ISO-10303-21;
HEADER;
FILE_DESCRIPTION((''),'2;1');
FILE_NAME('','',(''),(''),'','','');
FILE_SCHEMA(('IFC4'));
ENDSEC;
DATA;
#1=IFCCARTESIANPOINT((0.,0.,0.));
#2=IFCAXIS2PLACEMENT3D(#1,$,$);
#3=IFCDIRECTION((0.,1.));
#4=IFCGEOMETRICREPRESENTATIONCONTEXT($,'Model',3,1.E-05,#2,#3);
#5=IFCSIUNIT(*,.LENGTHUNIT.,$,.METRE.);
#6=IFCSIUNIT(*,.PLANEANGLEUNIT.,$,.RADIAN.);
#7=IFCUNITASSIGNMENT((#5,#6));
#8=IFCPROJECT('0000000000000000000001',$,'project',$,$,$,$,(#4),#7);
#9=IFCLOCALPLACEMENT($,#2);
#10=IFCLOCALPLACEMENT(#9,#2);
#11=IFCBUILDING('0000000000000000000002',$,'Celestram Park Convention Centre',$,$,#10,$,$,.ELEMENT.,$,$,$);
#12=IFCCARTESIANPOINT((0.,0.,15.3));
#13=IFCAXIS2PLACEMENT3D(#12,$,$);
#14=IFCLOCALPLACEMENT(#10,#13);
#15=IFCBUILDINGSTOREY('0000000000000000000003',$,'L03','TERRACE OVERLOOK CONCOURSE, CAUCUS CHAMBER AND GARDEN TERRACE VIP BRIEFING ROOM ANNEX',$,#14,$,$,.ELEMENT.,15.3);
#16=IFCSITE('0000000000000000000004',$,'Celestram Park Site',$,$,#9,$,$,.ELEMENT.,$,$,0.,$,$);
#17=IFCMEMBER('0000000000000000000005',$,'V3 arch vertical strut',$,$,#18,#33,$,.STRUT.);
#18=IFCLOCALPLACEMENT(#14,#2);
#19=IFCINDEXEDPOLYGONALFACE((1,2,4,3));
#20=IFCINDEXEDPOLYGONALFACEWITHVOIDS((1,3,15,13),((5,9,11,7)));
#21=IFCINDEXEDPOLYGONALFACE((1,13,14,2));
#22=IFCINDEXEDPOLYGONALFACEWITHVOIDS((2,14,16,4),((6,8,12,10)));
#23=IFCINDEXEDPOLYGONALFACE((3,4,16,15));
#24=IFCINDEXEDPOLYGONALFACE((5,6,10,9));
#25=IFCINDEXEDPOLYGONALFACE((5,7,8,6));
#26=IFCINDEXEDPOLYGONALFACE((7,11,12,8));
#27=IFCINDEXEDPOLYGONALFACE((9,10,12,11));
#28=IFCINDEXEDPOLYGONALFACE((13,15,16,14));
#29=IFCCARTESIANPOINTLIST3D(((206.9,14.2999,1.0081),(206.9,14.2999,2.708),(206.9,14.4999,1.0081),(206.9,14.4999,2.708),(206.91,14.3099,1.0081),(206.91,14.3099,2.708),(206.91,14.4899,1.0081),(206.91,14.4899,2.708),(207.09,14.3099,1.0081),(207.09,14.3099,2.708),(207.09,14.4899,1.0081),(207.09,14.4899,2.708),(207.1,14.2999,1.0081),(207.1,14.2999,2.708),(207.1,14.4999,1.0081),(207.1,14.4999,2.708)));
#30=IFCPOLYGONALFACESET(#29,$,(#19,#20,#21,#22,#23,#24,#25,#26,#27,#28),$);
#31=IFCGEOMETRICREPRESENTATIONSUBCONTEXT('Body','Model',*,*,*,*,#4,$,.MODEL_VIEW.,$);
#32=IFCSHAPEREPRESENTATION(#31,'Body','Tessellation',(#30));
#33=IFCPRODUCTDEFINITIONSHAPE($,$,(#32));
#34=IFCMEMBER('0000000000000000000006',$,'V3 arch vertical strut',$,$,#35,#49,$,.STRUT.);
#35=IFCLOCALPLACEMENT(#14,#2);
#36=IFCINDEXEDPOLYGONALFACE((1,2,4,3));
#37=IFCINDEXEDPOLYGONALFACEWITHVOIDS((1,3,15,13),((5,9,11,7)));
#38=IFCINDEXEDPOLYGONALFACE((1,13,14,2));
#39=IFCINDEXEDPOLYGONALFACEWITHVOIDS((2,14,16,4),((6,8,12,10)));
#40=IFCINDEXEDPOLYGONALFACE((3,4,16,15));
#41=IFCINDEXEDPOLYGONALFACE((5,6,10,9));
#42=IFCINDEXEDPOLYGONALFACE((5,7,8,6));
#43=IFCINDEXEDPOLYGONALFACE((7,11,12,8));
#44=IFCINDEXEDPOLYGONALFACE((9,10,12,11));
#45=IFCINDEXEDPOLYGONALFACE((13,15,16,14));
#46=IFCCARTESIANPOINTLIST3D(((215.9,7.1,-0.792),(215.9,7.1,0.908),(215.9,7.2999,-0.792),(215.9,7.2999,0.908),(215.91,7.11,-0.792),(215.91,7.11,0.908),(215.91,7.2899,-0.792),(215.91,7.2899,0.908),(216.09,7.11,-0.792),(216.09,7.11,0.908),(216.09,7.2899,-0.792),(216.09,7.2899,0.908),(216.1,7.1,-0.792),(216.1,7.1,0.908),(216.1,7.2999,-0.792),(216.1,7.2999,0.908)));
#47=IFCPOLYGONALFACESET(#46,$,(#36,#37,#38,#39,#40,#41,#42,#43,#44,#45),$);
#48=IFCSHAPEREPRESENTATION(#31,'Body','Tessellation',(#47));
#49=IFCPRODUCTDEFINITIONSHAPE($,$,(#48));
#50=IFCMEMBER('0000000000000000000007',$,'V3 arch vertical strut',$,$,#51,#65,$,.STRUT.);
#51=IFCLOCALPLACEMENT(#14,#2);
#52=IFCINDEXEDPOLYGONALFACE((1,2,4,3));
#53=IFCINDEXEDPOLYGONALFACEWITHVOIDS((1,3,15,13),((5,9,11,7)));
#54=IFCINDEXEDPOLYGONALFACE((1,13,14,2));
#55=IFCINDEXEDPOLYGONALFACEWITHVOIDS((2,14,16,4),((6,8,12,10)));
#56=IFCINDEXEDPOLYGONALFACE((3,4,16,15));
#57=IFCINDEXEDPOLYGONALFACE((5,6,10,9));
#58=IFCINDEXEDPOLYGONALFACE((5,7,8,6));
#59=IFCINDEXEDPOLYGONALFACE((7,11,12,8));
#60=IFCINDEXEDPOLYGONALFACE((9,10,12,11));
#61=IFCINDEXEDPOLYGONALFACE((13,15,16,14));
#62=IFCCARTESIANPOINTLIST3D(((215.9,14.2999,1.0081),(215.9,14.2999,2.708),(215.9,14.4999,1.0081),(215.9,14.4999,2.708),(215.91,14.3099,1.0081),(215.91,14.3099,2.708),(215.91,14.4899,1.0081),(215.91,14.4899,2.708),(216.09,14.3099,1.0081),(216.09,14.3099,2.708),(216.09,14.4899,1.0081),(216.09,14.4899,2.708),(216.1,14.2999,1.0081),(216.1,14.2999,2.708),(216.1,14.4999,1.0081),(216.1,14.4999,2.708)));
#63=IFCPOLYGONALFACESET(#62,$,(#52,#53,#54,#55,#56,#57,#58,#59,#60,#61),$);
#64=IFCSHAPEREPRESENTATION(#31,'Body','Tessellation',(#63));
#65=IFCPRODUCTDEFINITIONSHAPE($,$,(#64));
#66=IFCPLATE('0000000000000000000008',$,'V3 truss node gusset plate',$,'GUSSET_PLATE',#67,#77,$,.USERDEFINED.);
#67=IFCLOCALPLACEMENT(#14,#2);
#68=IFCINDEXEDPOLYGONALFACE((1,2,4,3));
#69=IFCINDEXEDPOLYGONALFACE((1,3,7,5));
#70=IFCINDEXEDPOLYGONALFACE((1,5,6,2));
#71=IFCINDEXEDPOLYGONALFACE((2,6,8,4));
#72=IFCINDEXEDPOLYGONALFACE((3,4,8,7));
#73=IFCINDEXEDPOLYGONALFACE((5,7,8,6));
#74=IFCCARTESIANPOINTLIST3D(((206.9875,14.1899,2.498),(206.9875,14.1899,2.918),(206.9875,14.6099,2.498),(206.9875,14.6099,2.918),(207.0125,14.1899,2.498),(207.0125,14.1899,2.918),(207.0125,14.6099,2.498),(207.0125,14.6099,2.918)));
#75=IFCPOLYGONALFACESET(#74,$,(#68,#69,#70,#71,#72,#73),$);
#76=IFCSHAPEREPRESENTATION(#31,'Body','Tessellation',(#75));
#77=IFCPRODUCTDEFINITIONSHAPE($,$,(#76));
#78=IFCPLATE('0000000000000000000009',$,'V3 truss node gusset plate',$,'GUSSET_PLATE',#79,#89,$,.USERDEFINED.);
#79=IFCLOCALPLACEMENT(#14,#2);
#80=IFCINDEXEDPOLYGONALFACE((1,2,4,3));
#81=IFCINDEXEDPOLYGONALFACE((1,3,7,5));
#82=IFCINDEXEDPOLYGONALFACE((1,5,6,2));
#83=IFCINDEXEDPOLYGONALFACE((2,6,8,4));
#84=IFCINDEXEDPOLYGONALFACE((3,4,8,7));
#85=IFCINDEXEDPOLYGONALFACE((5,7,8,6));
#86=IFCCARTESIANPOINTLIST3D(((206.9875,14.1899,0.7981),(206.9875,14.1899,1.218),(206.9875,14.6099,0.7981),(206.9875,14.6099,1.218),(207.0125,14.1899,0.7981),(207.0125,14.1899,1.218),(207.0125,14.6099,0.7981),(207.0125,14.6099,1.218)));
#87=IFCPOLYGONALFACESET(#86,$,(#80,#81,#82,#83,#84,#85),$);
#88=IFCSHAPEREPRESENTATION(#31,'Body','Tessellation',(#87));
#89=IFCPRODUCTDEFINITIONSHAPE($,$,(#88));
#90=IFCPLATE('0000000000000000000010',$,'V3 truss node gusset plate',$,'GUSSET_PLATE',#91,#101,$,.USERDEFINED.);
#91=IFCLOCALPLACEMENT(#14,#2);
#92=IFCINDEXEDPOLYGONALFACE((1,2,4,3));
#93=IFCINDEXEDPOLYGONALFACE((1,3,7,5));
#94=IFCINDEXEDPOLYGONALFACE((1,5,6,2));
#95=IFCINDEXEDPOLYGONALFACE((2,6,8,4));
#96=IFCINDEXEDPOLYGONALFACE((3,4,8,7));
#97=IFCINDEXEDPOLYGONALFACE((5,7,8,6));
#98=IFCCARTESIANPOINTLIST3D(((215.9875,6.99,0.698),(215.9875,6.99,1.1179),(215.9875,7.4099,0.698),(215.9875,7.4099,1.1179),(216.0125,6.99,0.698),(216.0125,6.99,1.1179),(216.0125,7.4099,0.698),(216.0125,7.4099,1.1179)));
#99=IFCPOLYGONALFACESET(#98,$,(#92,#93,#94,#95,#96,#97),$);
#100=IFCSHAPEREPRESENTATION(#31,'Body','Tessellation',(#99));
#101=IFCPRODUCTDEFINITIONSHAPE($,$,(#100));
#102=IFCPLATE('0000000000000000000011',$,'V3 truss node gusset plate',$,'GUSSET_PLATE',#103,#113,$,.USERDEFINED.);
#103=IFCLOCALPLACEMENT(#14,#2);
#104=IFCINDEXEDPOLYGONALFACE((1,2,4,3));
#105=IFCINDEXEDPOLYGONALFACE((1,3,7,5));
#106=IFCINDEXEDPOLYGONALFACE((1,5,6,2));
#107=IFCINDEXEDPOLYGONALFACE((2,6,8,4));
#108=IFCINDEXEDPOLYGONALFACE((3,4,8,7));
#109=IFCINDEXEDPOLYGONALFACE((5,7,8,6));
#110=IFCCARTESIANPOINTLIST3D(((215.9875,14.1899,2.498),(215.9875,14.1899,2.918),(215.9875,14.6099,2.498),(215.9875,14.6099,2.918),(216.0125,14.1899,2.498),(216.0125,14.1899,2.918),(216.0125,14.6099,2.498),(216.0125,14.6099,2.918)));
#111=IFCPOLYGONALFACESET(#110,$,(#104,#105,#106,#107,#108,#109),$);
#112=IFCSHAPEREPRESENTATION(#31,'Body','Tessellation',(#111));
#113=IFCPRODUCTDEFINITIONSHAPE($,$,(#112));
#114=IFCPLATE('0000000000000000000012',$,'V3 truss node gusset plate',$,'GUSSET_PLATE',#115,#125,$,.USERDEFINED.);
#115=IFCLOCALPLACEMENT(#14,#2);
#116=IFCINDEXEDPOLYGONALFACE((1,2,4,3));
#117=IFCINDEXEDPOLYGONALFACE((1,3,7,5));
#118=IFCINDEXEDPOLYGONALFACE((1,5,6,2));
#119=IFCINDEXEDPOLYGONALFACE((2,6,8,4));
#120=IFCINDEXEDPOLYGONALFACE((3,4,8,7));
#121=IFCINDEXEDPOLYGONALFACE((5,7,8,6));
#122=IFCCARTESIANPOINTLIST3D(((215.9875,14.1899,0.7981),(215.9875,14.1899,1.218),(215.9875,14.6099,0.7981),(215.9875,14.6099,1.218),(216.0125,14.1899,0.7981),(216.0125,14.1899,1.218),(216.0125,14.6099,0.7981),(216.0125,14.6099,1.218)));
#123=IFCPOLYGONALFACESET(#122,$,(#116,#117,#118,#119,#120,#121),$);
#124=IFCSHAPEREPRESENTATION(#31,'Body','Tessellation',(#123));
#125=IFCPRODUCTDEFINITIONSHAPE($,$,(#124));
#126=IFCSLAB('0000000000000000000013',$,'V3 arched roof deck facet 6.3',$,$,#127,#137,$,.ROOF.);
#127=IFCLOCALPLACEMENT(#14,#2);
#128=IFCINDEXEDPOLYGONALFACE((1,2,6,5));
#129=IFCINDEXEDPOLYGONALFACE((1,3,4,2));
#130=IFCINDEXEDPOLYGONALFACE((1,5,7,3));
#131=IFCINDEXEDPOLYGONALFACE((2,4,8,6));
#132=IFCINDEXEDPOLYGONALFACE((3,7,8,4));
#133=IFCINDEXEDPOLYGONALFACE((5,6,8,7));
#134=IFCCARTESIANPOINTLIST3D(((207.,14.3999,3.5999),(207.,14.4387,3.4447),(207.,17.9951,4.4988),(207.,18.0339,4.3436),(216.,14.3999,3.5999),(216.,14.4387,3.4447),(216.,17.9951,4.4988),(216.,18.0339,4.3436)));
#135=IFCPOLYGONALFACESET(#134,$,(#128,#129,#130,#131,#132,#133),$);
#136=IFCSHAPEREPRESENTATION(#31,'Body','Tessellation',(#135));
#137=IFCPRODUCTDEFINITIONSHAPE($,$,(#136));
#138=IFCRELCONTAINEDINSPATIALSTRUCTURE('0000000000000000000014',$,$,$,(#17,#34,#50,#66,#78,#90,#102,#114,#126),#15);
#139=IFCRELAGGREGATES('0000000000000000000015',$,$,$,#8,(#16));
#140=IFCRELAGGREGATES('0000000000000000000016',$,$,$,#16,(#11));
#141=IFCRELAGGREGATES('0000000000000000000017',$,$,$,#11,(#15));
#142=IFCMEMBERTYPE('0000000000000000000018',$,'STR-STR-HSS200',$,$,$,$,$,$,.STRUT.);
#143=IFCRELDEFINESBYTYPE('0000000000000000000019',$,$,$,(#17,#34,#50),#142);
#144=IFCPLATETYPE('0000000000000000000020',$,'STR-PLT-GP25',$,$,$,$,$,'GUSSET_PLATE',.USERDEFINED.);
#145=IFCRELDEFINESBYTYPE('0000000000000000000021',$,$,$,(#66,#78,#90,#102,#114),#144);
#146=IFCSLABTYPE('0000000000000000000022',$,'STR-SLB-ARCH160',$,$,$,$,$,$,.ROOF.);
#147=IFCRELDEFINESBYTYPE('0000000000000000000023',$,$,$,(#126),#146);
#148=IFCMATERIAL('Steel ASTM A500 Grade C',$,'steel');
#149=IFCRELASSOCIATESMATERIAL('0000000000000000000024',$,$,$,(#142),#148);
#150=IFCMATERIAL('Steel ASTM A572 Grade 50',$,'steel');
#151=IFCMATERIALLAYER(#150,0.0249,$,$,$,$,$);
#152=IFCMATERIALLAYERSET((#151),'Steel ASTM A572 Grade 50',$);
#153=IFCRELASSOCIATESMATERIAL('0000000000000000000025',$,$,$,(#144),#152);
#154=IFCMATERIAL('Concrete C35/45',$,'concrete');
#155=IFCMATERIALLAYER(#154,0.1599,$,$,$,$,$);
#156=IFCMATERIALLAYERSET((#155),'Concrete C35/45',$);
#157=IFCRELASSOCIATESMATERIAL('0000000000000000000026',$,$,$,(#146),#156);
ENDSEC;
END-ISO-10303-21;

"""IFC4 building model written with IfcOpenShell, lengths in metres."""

from ifc_helpers import new_model, si_unit, direction, frame, origin, origin_2d, place, context, subcontext, project, spatial, polyline, rectangle, hollow_rectangle, outline, extrude, material, layer, layer_set, material_profile, profile_set, type_object, element, save


model = new_model("IFC4")

# Units and contexts
model_context = context("Model", 3, precision=1e-05, world=origin(), true_north=direction((0.0, 1.0)))
body_context = subcontext(model_context, "Body", "Model", "MODEL_VIEW")
ifc_project = project(units=[si_unit("LENGTHUNIT", "METRE"), si_unit("PLANEANGLEUNIT", "RADIAN")], contexts=[model_context])

# Site, building, storey
site_placement = place(None, origin())
site = spatial("IfcSite", under=ifc_project, at=site_placement, Name="Celestram Park Site", CompositionType="ELEMENT", RefElevation=0.0)
building_placement = place(site_placement, origin())
building = spatial("IfcBuilding", under=site, at=building_placement, Name="Celestram Park Convention Centre", CompositionType="ELEMENT")
storey_placement = place(building_placement, frame((0.0, 0.0, 15.3)))
storey = spatial("IfcBuildingStorey", under=building, at=storey_placement, Name="L03", Description="TERRACE OVERLOOK CONCOURSE, CAUCUS CHAMBER AND GARDEN TERRACE VIP BRIEFING ROOM ANNEX", CompositionType="ELEMENT", Elevation=15.3)

# Members
ifc_material_1 = material(Name="Steel ASTM A500 Grade C", Category="steel")
ifc_material_profile_1 = material_profile(ifc_material_1, hollow_rectangle(XDim=0.2, YDim=0.2, WallThickness=0.01, at=origin_2d()), Name="HSS200X200X10")
ifc_profile_set_1 = profile_set([ifc_material_profile_1], Name="Steel ASTM A500 Grade C")
member_type_1 = type_object("IfcMemberType", Name="STR-STR-HSS200", PredefinedType="STRUT", material=ifc_profile_set_1)
for number, where, z_axis, x_axis, name in (
    (1, (207.0, 14.3999, 1.0081), (0.0, 0.0, 1.0), (1.0, 0.0, 0.0), "V3 arch vertical strut"),
    (2, (216.0, 7.2, -0.792), (0.0, 0.0, 1.0), (1.0, 0.0, 0.0), "V3 arch vertical strut"),
    (3, (216.0, 14.3999, 1.0081), (0.0, 0.0, 1.0), (1.0, 0.0, 0.0), "V3 arch vertical strut"),
):
    element("IfcMember", number, at=place(storey_placement, frame(where, z_axis=z_axis, x_axis=x_axis)), inside=storey, type_object=member_type_1, Name=name, PredefinedType="STRUT", context=body_context, shape_type="SweptSolid", body=[
        extrude(hollow_rectangle(XDim=0.2, YDim=0.2, WallThickness=0.01, at=origin_2d()), origin(), (0.0, 0.0, 1.0), 1.7),
    ])

# Plates
ifc_material_2 = material(Name="Steel ASTM A572 Grade 50", Category="steel")
ifc_layer_1 = layer(ifc_material_2, 0.0249)
ifc_layer_set_1 = layer_set([ifc_layer_1], Name="Steel ASTM A572 Grade 50")
plate_type = type_object("IfcPlateType", Name="STR-PLT-GP25", ElementType="GUSSET_PLATE", PredefinedType="USERDEFINED", material=ifc_layer_set_1)
for number, where, z_axis, x_axis, name in (
    (4, (207.0, 14.3999, 2.498), (0.0, 0.0, 1.0), (0.0, 1.0, 0.0), "V3 truss node gusset plate"),
    (5, (207.0, 14.3999, 0.7981), (0.0, 0.0, 1.0), (0.0, 1.0, 0.0), "V3 truss node gusset plate"),
    (6, (216.0, 7.2, 0.698), (0.0, 0.0, 1.0), (0.0, 1.0, 0.0), "V3 truss node gusset plate"),
    (7, (216.0, 14.3999, 2.498), (0.0, 0.0, 1.0), (0.0, 1.0, 0.0), "V3 truss node gusset plate"),
    (8, (216.0, 14.3999, 0.7981), (0.0, 0.0, 1.0), (0.0, 1.0, 0.0), "V3 truss node gusset plate"),
):
    element("IfcPlate", number, at=place(storey_placement, frame(where, z_axis=z_axis, x_axis=x_axis)), inside=storey, type_object=plate_type, Name=name, ObjectType="GUSSET_PLATE", PredefinedType="USERDEFINED", context=body_context, shape_type="SweptSolid", body=[
        extrude(rectangle(XDim=0.4199, YDim=0.0249, at=origin_2d()), origin(), (0.0, 0.0, 1.0), 0.4199),
    ])

# Slab
ifc_material_3 = material(Name="Concrete C35/45", Category="concrete")
ifc_layer_2 = layer(ifc_material_3, 0.1599)
ifc_layer_set_2 = layer_set([ifc_layer_2], Name="Concrete C35/45")
slab_type = type_object("IfcSlabType", Name="STR-SLB-ARCH160", PredefinedType="ROOF", material=ifc_layer_set_2)
slab_placement = place(storey_placement, frame((207.0, 14.3999, 3.5999), z_axis=(0.0, -0.242567, 0.970135), x_axis=(1.0, 0.0, 0.0)))
element("IfcSlab", 9, at=slab_placement, inside=storey, type_object=slab_type, Name="V3 arched roof deck facet 6.3", PredefinedType="ROOF", context=body_context, shape_type="SweptSolid", body=[
    extrude(outline(polyline([(0.0, 0.0), (9.0, 0.0), (9.0, 3.7059), (0.0, 3.7059), (0.0, 0.0)])), origin(), (0.0, 0.0, -1.0), 0.1599),
])

save(model, "model.ifc")
